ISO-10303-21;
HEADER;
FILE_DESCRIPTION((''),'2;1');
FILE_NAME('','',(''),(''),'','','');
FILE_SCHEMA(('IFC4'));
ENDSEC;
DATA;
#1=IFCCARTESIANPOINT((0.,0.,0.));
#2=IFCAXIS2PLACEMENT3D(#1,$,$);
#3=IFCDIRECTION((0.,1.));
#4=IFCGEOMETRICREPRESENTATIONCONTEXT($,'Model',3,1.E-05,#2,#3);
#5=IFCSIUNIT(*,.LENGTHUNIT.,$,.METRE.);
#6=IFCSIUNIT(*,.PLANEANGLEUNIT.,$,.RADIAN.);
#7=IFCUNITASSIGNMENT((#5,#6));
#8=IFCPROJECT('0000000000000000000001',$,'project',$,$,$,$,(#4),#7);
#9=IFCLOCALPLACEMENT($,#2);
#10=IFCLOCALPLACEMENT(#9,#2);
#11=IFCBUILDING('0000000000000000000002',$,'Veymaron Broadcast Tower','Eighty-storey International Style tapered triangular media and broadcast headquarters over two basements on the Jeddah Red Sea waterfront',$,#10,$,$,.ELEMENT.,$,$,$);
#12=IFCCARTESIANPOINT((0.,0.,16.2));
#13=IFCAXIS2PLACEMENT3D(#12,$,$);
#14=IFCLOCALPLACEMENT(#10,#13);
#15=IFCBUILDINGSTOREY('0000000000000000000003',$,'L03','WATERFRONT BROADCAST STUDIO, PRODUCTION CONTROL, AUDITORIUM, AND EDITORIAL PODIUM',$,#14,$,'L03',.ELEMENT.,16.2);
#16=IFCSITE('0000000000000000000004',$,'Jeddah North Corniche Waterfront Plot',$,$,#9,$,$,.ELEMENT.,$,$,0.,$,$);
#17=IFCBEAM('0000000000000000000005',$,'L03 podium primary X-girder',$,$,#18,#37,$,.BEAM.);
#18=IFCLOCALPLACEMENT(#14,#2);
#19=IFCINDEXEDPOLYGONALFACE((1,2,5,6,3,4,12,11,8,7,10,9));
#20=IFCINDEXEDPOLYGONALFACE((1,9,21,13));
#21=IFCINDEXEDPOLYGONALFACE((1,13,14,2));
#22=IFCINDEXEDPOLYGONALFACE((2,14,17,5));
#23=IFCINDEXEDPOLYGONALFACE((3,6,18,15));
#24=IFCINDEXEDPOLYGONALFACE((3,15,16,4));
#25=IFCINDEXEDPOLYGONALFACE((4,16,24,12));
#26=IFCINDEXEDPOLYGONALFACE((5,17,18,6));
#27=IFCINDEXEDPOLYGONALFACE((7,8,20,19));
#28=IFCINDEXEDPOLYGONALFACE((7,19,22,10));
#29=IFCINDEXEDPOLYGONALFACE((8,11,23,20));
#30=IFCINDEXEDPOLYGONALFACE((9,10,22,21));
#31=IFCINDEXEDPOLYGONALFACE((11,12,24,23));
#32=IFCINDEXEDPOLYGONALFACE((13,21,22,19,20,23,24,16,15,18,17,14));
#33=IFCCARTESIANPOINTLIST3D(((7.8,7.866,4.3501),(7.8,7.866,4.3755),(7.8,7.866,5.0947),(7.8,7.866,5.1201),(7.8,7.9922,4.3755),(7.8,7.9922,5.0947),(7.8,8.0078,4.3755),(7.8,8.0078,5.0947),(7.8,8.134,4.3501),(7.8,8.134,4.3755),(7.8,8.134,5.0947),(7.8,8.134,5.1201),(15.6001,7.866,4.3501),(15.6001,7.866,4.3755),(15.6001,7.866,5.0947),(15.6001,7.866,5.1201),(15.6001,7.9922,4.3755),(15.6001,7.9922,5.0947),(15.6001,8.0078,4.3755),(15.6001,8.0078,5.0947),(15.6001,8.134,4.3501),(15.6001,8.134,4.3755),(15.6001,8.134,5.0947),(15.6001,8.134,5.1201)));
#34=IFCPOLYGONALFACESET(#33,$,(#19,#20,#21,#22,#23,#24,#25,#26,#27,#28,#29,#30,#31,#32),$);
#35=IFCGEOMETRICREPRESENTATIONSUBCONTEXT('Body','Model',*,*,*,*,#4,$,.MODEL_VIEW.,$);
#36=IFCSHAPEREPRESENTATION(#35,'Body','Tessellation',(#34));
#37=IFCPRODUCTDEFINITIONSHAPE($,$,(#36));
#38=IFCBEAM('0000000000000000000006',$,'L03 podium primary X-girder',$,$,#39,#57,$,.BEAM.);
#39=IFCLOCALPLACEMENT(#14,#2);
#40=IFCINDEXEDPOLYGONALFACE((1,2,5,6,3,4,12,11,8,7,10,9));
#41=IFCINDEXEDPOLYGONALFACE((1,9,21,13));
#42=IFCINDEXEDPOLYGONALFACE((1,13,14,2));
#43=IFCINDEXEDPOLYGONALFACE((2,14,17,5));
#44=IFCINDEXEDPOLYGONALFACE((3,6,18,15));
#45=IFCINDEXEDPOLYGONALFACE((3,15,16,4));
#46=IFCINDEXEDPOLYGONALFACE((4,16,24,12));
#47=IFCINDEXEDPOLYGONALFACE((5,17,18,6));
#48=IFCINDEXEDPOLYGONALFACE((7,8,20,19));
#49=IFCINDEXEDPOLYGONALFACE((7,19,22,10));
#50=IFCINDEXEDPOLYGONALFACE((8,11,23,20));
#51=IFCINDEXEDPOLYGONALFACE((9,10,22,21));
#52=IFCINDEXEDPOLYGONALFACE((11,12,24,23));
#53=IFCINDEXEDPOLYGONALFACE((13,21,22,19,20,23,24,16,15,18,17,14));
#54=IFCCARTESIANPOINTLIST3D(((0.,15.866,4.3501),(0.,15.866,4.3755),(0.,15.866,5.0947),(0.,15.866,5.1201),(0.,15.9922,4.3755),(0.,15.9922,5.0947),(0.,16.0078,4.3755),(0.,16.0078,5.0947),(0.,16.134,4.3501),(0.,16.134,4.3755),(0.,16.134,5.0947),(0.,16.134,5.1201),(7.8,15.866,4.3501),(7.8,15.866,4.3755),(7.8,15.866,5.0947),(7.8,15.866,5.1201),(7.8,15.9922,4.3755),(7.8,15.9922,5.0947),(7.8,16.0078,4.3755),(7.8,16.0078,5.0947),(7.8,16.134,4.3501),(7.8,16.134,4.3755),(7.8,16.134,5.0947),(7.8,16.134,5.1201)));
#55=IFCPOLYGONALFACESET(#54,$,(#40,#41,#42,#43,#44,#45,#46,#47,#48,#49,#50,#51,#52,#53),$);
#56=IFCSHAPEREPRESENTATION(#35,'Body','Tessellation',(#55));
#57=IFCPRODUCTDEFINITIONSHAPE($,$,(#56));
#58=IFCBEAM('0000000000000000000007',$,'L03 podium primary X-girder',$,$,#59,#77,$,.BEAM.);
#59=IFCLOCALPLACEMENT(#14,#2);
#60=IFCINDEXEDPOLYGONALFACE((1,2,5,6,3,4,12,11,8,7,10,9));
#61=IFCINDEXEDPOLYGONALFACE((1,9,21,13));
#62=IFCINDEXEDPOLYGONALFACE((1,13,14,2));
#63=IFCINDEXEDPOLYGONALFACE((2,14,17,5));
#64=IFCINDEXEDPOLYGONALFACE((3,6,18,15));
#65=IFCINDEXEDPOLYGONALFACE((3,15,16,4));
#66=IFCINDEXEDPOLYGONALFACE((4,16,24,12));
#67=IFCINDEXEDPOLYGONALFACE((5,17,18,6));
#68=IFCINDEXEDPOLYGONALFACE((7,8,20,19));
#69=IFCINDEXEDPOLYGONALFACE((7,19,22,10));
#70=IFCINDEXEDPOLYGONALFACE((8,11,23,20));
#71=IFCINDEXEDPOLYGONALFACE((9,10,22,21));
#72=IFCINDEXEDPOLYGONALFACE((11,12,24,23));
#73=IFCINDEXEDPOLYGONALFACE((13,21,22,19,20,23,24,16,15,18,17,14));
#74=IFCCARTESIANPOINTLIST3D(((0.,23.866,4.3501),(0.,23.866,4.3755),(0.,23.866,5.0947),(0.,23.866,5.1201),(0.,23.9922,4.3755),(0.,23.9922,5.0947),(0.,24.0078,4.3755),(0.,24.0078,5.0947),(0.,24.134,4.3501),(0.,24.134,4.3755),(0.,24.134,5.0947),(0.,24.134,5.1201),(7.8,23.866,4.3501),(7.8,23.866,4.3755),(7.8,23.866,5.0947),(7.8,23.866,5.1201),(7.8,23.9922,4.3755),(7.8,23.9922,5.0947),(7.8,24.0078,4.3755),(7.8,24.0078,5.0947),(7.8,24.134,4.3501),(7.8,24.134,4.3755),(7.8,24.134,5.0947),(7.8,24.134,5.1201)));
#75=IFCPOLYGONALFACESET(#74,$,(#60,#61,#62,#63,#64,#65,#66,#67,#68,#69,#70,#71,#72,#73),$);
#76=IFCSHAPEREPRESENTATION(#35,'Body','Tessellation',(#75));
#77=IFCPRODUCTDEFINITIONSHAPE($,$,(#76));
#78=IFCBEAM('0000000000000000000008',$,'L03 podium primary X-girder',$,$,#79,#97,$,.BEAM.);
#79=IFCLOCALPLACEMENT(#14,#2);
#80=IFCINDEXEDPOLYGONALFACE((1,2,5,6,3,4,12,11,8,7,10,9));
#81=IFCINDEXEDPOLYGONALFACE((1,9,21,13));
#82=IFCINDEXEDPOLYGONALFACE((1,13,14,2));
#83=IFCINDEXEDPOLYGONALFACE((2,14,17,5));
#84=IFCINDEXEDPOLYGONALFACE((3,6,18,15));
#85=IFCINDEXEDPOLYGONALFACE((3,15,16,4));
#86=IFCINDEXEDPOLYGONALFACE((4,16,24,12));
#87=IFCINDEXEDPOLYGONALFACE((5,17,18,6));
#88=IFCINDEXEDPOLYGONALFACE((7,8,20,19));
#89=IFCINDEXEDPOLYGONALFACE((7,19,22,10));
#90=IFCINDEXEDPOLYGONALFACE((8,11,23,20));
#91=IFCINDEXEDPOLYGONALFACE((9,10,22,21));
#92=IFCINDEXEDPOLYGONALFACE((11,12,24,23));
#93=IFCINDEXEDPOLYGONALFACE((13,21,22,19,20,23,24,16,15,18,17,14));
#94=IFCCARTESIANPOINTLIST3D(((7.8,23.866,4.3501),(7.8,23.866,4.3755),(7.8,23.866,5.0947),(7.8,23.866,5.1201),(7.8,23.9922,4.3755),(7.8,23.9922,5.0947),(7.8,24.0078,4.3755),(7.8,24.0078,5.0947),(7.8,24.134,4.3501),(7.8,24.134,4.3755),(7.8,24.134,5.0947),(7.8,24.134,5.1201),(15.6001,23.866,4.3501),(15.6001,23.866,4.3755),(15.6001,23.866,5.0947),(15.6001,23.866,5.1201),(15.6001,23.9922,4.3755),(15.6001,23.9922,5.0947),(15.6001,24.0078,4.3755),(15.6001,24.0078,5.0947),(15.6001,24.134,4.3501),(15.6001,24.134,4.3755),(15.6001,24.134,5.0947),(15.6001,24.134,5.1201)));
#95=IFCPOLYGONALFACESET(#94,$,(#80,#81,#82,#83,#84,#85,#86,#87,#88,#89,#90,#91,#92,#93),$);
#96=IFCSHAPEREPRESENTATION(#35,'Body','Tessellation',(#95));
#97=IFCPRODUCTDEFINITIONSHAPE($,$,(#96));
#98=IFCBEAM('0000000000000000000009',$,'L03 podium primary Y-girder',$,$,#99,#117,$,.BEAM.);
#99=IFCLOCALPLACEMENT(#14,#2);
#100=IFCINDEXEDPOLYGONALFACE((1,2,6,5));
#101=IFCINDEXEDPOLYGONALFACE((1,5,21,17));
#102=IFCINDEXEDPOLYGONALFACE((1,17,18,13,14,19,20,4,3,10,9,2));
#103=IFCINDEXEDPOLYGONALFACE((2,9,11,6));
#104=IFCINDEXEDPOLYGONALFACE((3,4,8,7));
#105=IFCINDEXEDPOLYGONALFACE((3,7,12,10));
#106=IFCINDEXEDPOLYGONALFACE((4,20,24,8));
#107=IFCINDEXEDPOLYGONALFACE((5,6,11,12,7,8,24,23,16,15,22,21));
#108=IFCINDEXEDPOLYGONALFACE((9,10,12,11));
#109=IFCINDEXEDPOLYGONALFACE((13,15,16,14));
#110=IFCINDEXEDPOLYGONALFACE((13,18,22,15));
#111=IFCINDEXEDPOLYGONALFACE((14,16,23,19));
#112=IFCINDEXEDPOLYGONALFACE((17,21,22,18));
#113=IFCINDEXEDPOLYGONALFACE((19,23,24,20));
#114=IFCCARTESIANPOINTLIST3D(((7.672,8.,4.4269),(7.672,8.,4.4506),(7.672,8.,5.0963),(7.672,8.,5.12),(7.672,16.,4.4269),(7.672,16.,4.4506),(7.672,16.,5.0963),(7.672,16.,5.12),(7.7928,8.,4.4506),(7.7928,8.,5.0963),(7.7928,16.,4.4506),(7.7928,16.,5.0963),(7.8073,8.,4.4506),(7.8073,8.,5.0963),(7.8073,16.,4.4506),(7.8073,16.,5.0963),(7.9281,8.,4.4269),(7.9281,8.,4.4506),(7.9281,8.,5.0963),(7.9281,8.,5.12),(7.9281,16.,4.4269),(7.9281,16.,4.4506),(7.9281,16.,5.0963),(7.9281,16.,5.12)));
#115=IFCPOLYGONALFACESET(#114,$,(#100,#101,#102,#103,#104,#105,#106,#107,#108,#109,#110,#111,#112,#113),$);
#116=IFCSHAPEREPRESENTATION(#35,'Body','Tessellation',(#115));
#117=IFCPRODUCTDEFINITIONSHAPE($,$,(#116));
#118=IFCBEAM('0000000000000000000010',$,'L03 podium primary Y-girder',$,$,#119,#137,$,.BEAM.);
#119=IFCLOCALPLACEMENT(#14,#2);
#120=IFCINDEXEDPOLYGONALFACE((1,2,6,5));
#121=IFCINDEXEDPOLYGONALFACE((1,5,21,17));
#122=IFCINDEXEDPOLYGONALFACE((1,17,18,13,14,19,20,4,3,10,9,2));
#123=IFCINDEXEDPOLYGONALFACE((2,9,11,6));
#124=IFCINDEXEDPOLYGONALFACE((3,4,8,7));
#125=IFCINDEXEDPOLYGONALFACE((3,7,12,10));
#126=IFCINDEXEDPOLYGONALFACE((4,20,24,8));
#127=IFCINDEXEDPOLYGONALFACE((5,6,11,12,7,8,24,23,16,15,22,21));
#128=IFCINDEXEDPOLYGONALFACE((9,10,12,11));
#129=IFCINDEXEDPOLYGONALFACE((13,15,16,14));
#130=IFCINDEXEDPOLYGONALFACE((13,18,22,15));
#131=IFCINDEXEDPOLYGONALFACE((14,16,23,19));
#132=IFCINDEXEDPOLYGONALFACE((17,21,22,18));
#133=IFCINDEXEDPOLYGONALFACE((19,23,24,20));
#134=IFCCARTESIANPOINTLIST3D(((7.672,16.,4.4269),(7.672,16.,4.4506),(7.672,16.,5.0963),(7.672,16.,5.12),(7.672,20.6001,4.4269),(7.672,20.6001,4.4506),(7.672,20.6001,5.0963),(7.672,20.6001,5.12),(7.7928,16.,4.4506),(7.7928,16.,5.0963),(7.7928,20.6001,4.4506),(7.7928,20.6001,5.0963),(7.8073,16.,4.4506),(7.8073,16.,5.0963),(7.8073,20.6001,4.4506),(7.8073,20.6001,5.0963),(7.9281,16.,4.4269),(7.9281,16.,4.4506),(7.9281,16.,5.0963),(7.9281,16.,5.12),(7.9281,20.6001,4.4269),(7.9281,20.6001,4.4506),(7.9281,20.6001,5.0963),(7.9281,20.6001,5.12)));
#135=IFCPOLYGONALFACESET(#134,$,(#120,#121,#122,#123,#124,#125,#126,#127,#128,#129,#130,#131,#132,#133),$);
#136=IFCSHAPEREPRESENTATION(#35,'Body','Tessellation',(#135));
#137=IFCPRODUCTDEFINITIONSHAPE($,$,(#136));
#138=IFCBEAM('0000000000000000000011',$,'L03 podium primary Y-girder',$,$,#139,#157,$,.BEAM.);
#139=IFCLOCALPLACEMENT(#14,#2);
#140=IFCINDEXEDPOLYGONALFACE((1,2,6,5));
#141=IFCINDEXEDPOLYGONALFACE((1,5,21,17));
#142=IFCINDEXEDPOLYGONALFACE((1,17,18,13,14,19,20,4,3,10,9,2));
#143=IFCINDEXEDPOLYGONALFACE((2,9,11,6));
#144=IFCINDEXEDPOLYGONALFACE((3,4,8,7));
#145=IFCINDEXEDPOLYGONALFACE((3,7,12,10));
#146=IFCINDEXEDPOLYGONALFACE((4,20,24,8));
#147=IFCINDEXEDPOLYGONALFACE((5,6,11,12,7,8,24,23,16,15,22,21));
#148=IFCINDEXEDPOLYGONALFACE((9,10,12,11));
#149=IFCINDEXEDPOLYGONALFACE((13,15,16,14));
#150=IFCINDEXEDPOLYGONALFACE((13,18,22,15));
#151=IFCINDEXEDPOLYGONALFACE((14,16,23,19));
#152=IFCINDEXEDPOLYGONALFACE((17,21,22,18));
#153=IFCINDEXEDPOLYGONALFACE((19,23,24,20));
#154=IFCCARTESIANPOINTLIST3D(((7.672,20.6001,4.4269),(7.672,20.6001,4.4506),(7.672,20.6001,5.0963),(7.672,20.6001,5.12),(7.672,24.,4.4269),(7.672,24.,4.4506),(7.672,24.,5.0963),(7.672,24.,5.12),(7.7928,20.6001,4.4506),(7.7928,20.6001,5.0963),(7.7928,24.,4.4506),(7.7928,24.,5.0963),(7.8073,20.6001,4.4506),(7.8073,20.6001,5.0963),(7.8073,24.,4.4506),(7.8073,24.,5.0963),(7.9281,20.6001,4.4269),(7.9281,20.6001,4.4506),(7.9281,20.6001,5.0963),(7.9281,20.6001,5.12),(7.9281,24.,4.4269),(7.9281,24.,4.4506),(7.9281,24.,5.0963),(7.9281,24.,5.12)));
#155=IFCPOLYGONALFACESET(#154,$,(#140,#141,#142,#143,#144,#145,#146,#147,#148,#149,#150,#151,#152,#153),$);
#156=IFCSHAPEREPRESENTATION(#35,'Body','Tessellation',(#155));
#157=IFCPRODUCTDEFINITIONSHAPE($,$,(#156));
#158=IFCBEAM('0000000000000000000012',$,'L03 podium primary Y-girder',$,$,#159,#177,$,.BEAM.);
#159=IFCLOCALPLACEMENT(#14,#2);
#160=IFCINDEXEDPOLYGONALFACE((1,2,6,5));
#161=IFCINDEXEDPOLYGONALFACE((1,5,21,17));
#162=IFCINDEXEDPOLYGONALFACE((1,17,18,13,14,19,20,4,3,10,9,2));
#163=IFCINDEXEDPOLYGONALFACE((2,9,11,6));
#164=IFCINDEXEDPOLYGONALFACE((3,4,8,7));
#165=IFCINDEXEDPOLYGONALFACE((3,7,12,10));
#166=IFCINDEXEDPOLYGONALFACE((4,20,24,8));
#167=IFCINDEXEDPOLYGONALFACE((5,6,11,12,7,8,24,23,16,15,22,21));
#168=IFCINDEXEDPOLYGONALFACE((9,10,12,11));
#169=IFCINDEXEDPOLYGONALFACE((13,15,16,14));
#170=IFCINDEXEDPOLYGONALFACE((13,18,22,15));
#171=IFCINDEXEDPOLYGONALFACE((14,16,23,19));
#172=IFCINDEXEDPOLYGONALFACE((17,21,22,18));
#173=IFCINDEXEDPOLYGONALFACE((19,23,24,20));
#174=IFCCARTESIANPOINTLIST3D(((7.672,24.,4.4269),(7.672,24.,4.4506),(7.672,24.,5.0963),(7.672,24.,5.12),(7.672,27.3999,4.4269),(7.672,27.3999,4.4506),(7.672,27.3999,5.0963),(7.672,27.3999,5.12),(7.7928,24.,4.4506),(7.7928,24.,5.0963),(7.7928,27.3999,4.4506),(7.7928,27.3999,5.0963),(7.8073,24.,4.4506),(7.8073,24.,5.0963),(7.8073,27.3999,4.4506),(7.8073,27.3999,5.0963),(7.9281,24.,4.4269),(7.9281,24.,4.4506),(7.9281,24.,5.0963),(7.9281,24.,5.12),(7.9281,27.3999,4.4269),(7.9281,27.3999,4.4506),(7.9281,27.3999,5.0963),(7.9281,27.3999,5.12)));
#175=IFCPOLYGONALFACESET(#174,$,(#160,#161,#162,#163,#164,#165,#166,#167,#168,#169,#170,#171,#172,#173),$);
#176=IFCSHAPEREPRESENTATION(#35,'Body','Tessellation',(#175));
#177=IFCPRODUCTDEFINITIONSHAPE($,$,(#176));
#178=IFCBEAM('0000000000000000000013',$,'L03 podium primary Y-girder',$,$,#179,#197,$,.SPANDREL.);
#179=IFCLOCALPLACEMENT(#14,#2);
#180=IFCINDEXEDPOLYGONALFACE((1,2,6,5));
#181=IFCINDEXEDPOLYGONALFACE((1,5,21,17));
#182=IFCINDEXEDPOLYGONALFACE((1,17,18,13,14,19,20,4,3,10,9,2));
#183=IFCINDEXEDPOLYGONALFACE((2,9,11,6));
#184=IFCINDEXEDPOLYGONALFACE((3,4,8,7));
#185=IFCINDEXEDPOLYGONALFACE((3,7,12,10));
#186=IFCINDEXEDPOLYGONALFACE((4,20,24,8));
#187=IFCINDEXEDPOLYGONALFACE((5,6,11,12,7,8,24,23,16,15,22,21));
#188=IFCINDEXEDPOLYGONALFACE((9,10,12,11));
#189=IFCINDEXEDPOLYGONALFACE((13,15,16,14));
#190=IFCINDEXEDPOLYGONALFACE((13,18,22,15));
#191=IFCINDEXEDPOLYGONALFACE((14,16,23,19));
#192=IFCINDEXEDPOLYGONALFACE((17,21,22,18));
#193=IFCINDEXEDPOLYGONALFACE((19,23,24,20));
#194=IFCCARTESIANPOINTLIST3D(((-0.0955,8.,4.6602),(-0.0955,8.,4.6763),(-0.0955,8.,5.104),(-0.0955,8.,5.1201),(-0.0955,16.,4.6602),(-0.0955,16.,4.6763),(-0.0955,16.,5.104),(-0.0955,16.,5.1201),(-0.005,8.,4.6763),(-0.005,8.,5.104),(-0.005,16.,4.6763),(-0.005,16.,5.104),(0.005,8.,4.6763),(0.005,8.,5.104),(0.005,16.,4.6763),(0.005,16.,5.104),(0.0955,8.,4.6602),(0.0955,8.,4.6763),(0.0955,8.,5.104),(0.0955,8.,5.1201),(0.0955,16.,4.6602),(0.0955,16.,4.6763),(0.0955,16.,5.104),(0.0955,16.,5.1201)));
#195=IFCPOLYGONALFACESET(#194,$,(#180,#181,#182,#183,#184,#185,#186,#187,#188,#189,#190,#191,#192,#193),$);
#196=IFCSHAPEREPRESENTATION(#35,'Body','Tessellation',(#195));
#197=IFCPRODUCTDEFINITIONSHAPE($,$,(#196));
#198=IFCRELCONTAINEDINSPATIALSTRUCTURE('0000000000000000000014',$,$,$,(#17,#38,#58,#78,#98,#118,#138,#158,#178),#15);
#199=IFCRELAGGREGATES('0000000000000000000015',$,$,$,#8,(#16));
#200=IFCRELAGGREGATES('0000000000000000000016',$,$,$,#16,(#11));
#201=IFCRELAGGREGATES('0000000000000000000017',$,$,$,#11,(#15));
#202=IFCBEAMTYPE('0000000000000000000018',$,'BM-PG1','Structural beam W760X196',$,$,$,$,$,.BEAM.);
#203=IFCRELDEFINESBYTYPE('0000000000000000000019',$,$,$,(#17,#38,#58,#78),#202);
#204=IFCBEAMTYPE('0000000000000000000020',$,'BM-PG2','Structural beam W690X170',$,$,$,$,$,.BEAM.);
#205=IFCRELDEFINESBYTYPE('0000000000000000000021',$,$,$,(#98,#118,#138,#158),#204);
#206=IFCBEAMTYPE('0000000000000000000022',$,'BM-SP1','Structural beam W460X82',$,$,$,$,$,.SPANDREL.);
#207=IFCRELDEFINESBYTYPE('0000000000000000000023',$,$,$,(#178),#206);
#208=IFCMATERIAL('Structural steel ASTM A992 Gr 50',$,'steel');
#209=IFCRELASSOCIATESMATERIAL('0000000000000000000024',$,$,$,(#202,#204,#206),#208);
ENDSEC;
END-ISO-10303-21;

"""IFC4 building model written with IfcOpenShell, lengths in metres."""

from ifc_helpers import new_model, si_unit, direction, frame, origin, origin_2d, place, context, subcontext, project, spatial, i_section, extrude, material, material_profile, profile_set, type_object, element, save


model = new_model("IFC4")

# Units and contexts
model_context = context("Model", 3, precision=1e-05, world=origin(), true_north=direction((0.0, 1.0)))
body_context = subcontext(model_context, "Body", "Model", "MODEL_VIEW")
ifc_project = project(units=[si_unit("LENGTHUNIT", "METRE"), si_unit("PLANEANGLEUNIT", "RADIAN")], contexts=[model_context])

# Site, building, storey
site_placement = place(None, origin())
site = spatial("IfcSite", under=ifc_project, at=site_placement, Name="Jeddah North Corniche Waterfront Plot", CompositionType="ELEMENT", RefElevation=0.0)
building_placement = place(site_placement, origin())
building = spatial("IfcBuilding", under=site, at=building_placement, Name="Veymaron Broadcast Tower", Description="Eighty-storey International Style tapered triangular media and broadcast headquarters over two basements on the Jeddah Red Sea waterfront", CompositionType="ELEMENT")
storey_placement = place(building_placement, frame((0.0, 0.0, 16.2)))
storey = spatial("IfcBuildingStorey", under=building, at=storey_placement, Name="L03", Description="WATERFRONT BROADCAST STUDIO, PRODUCTION CONTROL, AUDITORIUM, AND EDITORIAL PODIUM", LongName="L03", CompositionType="ELEMENT", Elevation=16.2)

# Beams
ifc_material_1 = material(Name="Structural steel ASTM A992 Gr 50", Category="steel")
ifc_material_profile_1 = material_profile(ifc_material_1, i_section(OverallWidth=0.2681, OverallDepth=0.77, WebThickness=0.0156, FlangeThickness=0.0254, at=origin_2d()), Name="W760X196")
ifc_profile_set_1 = profile_set([ifc_material_profile_1], Name="Structural steel ASTM A992 Gr 50")
beam_type_1 = type_object("IfcBeamType", Name="BM-PG1", Description="Structural beam W760X196", PredefinedType="BEAM", material=ifc_profile_set_1)
for number, where, z_axis, x_axis, name in (
    (1, (7.8, 8.0, 4.7351), (1.0, 0.0, 0.0), (0.0, 1.0, 0.0), "L03 podium primary X-girder"),
    (2, (0.0, 16.0, 4.7351), (1.0, 0.0, 0.0), (0.0, 1.0, 0.0), "L03 podium primary X-girder"),
    (3, (0.0, 24.0, 4.7351), (1.0, 0.0, 0.0), (0.0, 1.0, 0.0), "L03 podium primary X-girder"),
    (4, (7.8, 24.0, 4.7351), (1.0, 0.0, 0.0), (0.0, 1.0, 0.0), "L03 podium primary X-girder"),
):
    element("IfcBeam", number, at=place(storey_placement, frame(where, z_axis=z_axis, x_axis=x_axis)), inside=storey, type_object=beam_type_1, Name=name, PredefinedType="BEAM", context=body_context, shape_type="SweptSolid", body=[
        extrude(i_section(OverallWidth=0.2681, OverallDepth=0.77, WebThickness=0.0156, FlangeThickness=0.0254, at=origin_2d()), origin(), (0.0, 0.0, 1.0), 7.8),
    ])
ifc_material_profile_2 = material_profile(ifc_material_1, i_section(OverallWidth=0.2561, OverallDepth=0.6931, WebThickness=0.0144, FlangeThickness=0.0237, at=origin_2d()), Name="W690X170")
ifc_profile_set_2 = profile_set([ifc_material_profile_2], Name="Structural steel ASTM A992 Gr 50")
beam_type_2 = type_object("IfcBeamType", Name="BM-PG2", Description="Structural beam W690X170", PredefinedType="BEAM", material=ifc_profile_set_2)
beam_1_placement = place(storey_placement, frame((7.8, 8.0, 4.7734), z_axis=(0.0, 1.0, 0.0), x_axis=(-1.0, 0.0, 0.0)))
element("IfcBeam", 5, at=beam_1_placement, inside=storey, type_object=beam_type_2, Name="L03 podium primary Y-girder", PredefinedType="BEAM", context=body_context, shape_type="SweptSolid", body=[
    extrude(i_section(OverallWidth=0.2561, OverallDepth=0.6931, WebThickness=0.0144, FlangeThickness=0.0237, at=origin_2d()), origin(), (0.0, 0.0, 1.0), 8.0),
])
beam_2_placement = place(storey_placement, frame((7.8, 16.0, 4.7734), z_axis=(0.0, 1.0, 0.0), x_axis=(-1.0, 0.0, 0.0)))
element("IfcBeam", 6, at=beam_2_placement, inside=storey, type_object=beam_type_2, Name="L03 podium primary Y-girder", PredefinedType="BEAM", context=body_context, shape_type="SweptSolid", body=[
    extrude(i_section(OverallWidth=0.2561, OverallDepth=0.6931, WebThickness=0.0144, FlangeThickness=0.0237, at=origin_2d()), origin(), (0.0, 0.0, 1.0), 4.6001),
])
for number, where, z_axis, x_axis, name in (
    (7, (7.8, 20.6001, 4.7734), (0.0, 1.0, 0.0), (-1.0, 0.0, 0.0), "L03 podium primary Y-girder"),
    (8, (7.8, 24.0, 4.7734), (0.0, 1.0, 0.0), (-1.0, 0.0, 0.0), "L03 podium primary Y-girder"),
):
    element("IfcBeam", number, at=place(storey_placement, frame(where, z_axis=z_axis, x_axis=x_axis)), inside=storey, type_object=beam_type_2, Name=name, PredefinedType="BEAM", context=body_context, shape_type="SweptSolid", body=[
        extrude(i_section(OverallWidth=0.2561, OverallDepth=0.6931, WebThickness=0.0144, FlangeThickness=0.0237, at=origin_2d()), origin(), (0.0, 0.0, 1.0), 3.3999),
    ])
ifc_material_profile_3 = material_profile(ifc_material_1, i_section(OverallWidth=0.1909, OverallDepth=0.46, WebThickness=0.01, FlangeThickness=0.0161, at=origin_2d()), Name="W460X82")
ifc_profile_set_3 = profile_set([ifc_material_profile_3], Name="Structural steel ASTM A992 Gr 50")
beam_type_3 = type_object("IfcBeamType", Name="BM-SP1", Description="Structural beam W460X82", PredefinedType="SPANDREL", material=ifc_profile_set_3)
for number, where, z_axis, x_axis, name in (
    (9, (0.0, 8.0, 4.8901), (0.0, 1.0, 0.0), (-1.0, 0.0, 0.0), "L03 podium primary Y-girder"),
):
    element("IfcBeam", number, at=place(storey_placement, frame(where, z_axis=z_axis, x_axis=x_axis)), inside=storey, type_object=beam_type_3, Name=name, PredefinedType="SPANDREL", context=body_context, shape_type="SweptSolid", body=[
        extrude(i_section(OverallWidth=0.1909, OverallDepth=0.46, WebThickness=0.01, FlangeThickness=0.0161, at=origin_2d()), origin(), (0.0, 0.0, 1.0), 8.0),
    ])

save(model, "model.ifc")
